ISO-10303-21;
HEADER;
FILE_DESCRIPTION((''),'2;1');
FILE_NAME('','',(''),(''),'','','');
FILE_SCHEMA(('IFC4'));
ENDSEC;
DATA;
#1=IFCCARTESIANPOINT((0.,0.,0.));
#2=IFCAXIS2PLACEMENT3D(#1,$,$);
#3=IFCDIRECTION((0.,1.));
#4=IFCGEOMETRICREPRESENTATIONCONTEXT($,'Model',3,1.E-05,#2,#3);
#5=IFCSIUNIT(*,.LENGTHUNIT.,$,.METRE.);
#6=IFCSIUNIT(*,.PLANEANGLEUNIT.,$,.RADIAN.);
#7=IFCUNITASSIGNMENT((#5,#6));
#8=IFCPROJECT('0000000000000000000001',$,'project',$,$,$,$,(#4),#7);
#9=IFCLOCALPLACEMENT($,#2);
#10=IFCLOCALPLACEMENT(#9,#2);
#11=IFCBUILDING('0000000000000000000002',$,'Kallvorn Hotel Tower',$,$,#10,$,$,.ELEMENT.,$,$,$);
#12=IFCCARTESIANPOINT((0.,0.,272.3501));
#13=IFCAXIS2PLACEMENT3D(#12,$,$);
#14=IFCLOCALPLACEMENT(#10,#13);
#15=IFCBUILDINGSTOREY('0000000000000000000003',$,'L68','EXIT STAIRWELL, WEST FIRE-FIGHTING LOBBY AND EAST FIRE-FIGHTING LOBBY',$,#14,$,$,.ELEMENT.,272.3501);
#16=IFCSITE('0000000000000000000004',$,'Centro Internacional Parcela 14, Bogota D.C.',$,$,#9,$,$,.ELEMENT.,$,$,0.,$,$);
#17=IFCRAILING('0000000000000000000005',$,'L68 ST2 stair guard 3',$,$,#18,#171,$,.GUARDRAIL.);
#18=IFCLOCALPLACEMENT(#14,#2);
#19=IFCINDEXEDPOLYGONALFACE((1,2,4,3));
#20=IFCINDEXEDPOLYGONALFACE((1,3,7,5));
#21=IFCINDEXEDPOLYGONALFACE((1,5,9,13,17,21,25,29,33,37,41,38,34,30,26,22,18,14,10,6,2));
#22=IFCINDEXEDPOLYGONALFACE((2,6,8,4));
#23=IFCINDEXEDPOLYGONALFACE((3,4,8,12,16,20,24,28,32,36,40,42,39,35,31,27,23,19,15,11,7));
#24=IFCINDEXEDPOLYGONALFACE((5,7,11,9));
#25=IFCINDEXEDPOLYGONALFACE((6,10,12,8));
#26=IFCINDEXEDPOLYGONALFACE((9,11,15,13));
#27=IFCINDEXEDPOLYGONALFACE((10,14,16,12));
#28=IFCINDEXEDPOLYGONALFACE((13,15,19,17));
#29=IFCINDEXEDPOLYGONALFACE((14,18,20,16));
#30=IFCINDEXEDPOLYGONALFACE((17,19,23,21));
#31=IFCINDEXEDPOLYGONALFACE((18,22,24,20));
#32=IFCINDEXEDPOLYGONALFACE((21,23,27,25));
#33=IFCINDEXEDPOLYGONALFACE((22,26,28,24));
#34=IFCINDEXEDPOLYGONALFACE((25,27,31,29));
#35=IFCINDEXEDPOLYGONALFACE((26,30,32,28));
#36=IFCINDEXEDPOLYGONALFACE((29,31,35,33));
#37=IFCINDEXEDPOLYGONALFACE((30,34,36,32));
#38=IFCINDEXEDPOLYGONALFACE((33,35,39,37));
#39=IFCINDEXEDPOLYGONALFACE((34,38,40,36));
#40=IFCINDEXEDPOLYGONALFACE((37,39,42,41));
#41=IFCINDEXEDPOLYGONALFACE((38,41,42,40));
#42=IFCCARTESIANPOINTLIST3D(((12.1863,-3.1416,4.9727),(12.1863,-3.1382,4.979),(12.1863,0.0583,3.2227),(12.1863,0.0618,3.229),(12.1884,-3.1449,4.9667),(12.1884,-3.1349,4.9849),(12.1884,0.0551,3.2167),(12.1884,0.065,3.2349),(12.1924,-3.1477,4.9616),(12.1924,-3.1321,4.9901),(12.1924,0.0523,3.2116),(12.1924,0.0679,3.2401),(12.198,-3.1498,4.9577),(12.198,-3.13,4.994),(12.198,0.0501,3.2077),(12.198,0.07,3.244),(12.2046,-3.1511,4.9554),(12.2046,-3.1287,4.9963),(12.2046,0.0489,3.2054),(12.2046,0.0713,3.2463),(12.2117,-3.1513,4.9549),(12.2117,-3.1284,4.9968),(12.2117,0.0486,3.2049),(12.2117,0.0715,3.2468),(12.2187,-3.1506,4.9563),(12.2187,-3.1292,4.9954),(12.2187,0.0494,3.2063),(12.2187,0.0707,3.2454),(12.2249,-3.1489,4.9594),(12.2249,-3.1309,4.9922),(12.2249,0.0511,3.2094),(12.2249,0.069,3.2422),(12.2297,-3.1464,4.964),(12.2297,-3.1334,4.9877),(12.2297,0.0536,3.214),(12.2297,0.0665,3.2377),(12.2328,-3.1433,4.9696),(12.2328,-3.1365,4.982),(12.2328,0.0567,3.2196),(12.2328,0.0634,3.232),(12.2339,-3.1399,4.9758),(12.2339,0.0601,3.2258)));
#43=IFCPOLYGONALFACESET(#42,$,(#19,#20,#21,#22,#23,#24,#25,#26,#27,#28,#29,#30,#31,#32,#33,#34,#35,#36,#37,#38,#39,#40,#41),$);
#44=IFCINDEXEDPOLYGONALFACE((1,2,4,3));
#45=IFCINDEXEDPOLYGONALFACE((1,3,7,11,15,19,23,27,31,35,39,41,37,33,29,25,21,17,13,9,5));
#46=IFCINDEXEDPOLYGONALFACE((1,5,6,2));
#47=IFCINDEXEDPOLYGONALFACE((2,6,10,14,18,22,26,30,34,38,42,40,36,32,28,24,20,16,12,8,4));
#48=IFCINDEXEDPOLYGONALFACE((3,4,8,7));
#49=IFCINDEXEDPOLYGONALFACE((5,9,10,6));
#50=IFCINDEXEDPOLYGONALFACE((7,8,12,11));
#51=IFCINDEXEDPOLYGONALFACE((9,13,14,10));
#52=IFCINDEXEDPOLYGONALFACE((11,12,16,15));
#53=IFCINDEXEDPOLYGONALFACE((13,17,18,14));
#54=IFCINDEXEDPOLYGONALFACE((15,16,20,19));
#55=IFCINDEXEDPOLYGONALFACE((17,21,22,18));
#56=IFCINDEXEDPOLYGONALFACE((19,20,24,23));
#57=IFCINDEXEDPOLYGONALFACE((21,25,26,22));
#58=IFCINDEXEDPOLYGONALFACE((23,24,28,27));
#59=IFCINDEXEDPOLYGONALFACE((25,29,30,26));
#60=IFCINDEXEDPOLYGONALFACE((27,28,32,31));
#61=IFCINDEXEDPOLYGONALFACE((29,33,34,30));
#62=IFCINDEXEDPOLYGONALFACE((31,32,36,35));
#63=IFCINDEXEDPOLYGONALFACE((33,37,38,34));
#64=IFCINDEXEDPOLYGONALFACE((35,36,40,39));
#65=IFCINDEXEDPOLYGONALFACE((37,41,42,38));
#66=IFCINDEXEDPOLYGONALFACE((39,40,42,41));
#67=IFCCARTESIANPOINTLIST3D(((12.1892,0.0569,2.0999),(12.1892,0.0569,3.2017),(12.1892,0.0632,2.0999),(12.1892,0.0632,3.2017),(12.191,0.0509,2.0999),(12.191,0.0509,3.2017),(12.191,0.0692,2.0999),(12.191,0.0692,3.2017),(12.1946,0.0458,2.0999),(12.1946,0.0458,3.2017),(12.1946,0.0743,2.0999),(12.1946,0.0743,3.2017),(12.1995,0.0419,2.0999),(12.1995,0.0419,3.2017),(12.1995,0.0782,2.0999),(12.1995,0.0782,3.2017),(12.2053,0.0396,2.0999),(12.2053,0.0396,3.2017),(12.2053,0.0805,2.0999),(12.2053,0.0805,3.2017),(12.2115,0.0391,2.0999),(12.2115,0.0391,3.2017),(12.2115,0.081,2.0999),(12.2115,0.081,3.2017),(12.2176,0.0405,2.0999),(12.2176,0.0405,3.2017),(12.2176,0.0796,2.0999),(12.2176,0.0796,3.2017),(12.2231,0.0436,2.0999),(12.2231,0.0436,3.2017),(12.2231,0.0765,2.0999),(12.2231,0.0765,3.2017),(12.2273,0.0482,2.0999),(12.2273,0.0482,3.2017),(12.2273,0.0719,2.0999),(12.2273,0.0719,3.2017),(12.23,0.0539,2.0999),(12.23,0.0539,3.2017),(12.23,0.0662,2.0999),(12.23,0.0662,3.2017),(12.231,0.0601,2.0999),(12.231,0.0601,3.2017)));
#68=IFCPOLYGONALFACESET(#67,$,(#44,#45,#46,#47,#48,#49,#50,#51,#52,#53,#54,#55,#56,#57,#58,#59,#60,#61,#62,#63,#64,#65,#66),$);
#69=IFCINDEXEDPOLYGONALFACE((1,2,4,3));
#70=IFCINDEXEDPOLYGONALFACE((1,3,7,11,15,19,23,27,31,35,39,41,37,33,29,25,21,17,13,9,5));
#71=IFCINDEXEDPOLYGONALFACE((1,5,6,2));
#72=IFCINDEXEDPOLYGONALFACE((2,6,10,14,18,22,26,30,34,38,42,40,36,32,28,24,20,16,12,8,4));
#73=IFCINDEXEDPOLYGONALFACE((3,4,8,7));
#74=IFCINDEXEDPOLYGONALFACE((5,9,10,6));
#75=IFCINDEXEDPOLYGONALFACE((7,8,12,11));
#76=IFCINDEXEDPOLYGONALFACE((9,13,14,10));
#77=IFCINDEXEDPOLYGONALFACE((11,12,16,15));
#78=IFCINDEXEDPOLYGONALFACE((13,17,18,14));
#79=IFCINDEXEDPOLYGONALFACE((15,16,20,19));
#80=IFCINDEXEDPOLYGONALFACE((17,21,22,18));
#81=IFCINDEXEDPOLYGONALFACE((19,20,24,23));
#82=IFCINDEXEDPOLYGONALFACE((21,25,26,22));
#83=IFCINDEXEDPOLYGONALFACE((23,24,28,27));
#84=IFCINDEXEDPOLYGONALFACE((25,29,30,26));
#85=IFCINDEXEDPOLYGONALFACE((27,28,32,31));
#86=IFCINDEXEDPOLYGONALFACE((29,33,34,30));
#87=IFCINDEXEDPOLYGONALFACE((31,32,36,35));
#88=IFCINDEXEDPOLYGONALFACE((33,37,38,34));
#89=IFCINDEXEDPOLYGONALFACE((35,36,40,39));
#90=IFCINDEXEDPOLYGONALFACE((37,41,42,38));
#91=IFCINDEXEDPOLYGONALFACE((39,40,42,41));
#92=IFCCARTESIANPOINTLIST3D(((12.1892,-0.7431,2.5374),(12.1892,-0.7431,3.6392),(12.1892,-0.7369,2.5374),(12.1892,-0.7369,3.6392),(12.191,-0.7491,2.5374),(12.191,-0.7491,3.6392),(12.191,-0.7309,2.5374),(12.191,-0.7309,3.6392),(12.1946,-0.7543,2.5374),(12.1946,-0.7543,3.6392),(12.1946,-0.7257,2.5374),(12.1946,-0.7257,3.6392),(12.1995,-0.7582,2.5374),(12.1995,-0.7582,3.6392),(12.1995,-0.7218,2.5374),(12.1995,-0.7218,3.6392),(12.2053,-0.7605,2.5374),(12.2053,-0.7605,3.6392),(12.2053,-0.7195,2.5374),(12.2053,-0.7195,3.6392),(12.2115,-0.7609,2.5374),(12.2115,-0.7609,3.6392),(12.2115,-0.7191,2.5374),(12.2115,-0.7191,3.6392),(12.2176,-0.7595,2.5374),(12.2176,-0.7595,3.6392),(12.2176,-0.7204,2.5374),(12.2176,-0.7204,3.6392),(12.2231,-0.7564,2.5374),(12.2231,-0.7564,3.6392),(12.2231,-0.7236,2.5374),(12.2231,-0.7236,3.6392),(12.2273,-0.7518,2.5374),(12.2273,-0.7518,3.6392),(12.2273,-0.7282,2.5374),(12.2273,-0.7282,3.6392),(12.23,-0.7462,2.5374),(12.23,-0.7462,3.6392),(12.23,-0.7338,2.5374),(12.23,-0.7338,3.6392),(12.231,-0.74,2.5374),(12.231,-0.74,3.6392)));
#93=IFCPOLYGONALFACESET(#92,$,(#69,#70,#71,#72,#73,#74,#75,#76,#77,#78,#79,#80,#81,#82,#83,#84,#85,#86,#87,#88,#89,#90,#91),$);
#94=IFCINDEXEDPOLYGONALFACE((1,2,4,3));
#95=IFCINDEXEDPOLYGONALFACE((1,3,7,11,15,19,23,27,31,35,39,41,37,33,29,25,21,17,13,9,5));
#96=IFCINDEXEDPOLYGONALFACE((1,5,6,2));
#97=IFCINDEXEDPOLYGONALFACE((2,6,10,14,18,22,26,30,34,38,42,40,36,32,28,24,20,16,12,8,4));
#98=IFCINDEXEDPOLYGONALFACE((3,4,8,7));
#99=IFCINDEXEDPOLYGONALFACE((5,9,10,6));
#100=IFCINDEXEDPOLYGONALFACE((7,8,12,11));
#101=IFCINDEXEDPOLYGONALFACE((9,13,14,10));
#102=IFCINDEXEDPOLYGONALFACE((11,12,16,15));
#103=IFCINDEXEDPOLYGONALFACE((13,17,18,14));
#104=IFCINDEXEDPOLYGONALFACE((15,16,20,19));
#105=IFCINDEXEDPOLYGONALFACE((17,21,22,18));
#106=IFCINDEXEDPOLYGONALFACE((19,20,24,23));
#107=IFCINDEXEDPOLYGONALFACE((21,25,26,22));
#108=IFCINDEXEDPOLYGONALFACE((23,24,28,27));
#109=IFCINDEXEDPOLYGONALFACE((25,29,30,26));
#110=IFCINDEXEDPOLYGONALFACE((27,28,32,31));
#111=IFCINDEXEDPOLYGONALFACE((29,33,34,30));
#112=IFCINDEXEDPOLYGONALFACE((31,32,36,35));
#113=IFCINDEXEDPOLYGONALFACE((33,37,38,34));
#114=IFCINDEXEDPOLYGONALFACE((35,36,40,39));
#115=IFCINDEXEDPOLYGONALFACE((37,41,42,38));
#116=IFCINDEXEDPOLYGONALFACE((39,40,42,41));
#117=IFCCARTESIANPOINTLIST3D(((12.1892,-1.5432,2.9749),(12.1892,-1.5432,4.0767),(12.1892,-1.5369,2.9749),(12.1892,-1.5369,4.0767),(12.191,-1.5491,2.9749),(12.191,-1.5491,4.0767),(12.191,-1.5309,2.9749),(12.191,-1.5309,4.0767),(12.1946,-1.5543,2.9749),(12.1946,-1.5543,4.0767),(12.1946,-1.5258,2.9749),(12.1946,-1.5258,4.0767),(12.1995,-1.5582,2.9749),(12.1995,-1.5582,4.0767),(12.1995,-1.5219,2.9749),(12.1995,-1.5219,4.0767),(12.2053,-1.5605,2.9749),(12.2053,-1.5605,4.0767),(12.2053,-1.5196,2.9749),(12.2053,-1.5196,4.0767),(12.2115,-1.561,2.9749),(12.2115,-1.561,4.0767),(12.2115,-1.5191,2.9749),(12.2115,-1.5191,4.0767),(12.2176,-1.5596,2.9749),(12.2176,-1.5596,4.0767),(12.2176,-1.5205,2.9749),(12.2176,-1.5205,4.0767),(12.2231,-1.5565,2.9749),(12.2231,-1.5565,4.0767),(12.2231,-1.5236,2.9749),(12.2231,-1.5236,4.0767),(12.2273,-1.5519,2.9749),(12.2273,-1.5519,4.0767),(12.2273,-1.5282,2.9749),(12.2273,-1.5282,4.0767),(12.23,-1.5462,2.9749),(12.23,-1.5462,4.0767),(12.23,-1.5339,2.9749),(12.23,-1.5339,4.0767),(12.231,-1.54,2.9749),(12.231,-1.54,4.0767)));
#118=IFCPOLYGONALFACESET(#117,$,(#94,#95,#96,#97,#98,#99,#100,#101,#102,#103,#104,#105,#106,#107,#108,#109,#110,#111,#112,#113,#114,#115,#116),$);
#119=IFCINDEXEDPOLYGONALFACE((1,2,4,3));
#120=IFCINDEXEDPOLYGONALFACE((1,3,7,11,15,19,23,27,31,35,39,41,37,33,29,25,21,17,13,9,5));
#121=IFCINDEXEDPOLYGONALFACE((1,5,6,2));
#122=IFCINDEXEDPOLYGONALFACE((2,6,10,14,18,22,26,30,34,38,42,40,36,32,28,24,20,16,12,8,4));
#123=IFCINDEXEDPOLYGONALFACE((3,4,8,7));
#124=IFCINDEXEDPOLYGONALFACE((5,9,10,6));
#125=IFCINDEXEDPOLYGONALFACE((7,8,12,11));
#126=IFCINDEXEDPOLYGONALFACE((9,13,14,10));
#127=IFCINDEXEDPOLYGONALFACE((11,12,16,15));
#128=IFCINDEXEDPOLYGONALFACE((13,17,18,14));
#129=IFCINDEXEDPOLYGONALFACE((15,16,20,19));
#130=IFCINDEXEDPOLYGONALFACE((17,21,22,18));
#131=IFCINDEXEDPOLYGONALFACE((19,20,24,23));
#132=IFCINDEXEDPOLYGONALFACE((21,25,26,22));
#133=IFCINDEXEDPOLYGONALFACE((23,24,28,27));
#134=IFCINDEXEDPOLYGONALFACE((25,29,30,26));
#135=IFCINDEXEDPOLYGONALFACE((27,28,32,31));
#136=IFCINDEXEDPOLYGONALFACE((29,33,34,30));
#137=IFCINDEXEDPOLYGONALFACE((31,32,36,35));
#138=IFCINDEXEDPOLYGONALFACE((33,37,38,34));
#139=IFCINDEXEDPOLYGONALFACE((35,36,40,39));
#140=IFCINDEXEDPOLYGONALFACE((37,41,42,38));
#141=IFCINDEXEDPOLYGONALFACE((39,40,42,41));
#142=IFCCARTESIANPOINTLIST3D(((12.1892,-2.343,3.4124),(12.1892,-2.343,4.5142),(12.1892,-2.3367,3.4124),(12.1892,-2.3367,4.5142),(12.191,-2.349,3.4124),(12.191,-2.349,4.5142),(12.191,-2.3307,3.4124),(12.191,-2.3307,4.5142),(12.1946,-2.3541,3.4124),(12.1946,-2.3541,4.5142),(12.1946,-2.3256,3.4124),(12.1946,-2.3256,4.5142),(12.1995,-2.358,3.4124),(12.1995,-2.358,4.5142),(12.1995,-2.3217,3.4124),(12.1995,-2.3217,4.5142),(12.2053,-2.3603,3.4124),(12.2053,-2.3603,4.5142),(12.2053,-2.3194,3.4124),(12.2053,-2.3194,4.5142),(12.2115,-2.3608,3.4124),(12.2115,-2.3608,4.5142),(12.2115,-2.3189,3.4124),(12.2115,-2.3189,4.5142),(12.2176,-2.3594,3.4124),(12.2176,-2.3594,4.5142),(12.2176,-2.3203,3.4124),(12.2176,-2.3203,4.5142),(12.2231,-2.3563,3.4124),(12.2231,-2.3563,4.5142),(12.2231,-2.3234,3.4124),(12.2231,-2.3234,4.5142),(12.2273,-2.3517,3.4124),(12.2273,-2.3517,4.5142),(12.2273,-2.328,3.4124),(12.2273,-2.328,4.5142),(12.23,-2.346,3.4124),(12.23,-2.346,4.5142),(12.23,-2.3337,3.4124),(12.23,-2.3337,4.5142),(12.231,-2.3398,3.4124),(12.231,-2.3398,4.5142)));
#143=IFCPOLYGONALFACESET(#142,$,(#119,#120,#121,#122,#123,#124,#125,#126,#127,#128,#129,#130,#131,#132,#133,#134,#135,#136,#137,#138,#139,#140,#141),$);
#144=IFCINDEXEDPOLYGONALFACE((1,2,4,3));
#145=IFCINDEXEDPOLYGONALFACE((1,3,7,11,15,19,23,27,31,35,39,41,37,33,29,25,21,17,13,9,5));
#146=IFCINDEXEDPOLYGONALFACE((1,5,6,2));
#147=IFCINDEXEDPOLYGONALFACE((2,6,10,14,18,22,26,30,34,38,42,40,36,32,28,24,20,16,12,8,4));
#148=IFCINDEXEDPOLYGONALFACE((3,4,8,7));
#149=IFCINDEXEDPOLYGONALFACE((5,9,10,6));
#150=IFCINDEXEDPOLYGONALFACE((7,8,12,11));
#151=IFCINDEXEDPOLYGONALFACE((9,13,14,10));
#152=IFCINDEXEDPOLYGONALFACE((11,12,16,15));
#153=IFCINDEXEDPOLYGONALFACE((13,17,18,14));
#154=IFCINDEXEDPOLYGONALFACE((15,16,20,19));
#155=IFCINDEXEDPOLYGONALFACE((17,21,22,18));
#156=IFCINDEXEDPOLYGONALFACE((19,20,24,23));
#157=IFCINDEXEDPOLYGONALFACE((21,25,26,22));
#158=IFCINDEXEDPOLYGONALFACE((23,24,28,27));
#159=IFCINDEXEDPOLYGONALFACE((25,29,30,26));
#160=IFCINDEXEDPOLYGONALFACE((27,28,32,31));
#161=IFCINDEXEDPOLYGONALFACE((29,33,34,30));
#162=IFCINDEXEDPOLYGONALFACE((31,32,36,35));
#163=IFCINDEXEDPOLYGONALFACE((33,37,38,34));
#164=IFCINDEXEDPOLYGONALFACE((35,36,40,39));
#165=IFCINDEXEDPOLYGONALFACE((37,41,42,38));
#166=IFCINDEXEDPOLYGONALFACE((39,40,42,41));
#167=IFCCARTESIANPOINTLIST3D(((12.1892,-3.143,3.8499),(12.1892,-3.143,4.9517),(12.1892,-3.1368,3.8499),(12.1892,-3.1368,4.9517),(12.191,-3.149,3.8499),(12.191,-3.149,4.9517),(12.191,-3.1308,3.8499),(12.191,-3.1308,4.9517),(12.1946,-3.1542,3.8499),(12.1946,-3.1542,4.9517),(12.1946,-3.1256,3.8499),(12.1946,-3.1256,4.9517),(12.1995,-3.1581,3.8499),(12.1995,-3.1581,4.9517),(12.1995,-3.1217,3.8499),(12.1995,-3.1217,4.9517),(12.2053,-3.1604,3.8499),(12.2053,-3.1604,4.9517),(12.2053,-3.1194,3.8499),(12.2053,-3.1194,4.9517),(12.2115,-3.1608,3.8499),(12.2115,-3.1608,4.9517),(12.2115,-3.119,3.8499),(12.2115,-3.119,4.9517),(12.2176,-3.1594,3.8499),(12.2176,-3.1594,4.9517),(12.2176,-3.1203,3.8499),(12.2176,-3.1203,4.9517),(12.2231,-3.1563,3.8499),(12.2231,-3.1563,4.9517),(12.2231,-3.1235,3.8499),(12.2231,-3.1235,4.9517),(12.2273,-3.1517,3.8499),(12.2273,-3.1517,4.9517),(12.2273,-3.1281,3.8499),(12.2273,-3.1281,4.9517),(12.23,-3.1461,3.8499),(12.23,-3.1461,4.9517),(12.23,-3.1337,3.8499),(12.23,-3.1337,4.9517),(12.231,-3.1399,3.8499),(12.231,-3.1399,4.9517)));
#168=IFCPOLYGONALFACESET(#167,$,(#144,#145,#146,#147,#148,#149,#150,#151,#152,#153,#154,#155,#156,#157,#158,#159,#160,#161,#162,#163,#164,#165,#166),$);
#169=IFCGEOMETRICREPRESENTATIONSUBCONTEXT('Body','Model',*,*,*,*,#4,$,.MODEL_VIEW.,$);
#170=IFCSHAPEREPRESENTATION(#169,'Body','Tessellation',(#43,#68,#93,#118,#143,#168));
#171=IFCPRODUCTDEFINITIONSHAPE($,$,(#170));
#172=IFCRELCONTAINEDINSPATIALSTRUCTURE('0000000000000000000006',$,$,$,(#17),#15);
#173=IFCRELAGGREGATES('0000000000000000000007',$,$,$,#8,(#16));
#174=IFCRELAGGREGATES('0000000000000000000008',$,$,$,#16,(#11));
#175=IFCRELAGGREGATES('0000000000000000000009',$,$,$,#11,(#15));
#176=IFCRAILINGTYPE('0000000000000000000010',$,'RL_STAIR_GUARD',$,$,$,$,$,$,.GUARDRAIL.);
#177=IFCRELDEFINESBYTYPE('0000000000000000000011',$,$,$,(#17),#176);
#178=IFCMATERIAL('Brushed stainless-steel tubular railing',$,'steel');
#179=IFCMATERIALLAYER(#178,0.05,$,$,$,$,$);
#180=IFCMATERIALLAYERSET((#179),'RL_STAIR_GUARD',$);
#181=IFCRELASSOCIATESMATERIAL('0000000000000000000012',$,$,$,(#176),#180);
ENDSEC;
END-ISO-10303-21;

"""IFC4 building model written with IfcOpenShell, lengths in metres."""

from ifc_helpers import new_model, si_unit, direction, frame, origin, origin_2d, place, context, subcontext, project, spatial, circle, extrude, material, layer, layer_set, type_object, element, save


model = new_model("IFC4")

# Units and contexts
model_context = context("Model", 3, precision=1e-05, world=origin(), true_north=direction((0.0, 1.0)))
body_context = subcontext(model_context, "Body", "Model", "MODEL_VIEW")
ifc_project = project(units=[si_unit("LENGTHUNIT", "METRE"), si_unit("PLANEANGLEUNIT", "RADIAN")], contexts=[model_context])

# Site, building, storey
site_placement = place(None, origin())
site = spatial("IfcSite", under=ifc_project, at=site_placement, Name="Centro Internacional Parcela 14, Bogota D.C.", CompositionType="ELEMENT", RefElevation=0.0)
building_placement = place(site_placement, origin())
building = spatial("IfcBuilding", under=site, at=building_placement, Name="Kallvorn Hotel Tower", CompositionType="ELEMENT")
storey_placement = place(building_placement, frame((0.0, 0.0, 272.3501)))
storey = spatial("IfcBuildingStorey", under=building, at=storey_placement, Name="L68", Description="EXIT STAIRWELL, WEST FIRE-FIGHTING LOBBY AND EAST FIRE-FIGHTING LOBBY", CompositionType="ELEMENT", Elevation=272.3501)

# Railing
ifc_material_1 = material(Name="Brushed stainless-steel tubular railing", Category="steel")
ifc_layer_1 = layer(ifc_material_1, 0.05)
ifc_layer_set_1 = layer_set([ifc_layer_1], Name="RL_STAIR_GUARD")
railing_type_1 = type_object("IfcRailingType", Name="RL_STAIR_GUARD", PredefinedType="GUARDRAIL", material=ifc_layer_set_1)
railing_1_placement = place(storey_placement, frame((12.21, 0.0601, 2.0999)))
element("IfcRailing", 1, at=railing_1_placement, inside=storey, type_object=railing_type_1, Name="L68 ST2 stair guard 3", PredefinedType="GUARDRAIL", context=body_context, shape_type="SweptSolid", body=[
    extrude(circle(Radius=0.0239, at=origin_2d()), frame((0.0, 0.0, 1.126), z_axis=(0.0, -0.877368, 0.479818), x_axis=(1.0, 0.0, 0.0)), (0.0, 0.0, 1.0), 3.6472),
    extrude(circle(Radius=0.021, at=origin_2d()), origin(), (0.0, 0.0, 1.0), 1.1018),
    extrude(circle(Radius=0.021, at=origin_2d()), frame((0.0, -0.8, 0.4375)), (0.0, 0.0, 1.0), 1.1018),
    extrude(circle(Radius=0.021, at=origin_2d()), frame((0.0, -1.6001, 0.875)), (0.0, 0.0, 1.0), 1.1018),
    extrude(circle(Radius=0.021, at=origin_2d()), frame((0.0, -2.3999, 1.3125)), (0.0, 0.0, 1.0), 1.1018),
    extrude(circle(Radius=0.021, at=origin_2d()), frame((0.0, -3.2, 1.75)), (0.0, 0.0, 1.0), 1.1018),
])

save(model, "model.ifc")
